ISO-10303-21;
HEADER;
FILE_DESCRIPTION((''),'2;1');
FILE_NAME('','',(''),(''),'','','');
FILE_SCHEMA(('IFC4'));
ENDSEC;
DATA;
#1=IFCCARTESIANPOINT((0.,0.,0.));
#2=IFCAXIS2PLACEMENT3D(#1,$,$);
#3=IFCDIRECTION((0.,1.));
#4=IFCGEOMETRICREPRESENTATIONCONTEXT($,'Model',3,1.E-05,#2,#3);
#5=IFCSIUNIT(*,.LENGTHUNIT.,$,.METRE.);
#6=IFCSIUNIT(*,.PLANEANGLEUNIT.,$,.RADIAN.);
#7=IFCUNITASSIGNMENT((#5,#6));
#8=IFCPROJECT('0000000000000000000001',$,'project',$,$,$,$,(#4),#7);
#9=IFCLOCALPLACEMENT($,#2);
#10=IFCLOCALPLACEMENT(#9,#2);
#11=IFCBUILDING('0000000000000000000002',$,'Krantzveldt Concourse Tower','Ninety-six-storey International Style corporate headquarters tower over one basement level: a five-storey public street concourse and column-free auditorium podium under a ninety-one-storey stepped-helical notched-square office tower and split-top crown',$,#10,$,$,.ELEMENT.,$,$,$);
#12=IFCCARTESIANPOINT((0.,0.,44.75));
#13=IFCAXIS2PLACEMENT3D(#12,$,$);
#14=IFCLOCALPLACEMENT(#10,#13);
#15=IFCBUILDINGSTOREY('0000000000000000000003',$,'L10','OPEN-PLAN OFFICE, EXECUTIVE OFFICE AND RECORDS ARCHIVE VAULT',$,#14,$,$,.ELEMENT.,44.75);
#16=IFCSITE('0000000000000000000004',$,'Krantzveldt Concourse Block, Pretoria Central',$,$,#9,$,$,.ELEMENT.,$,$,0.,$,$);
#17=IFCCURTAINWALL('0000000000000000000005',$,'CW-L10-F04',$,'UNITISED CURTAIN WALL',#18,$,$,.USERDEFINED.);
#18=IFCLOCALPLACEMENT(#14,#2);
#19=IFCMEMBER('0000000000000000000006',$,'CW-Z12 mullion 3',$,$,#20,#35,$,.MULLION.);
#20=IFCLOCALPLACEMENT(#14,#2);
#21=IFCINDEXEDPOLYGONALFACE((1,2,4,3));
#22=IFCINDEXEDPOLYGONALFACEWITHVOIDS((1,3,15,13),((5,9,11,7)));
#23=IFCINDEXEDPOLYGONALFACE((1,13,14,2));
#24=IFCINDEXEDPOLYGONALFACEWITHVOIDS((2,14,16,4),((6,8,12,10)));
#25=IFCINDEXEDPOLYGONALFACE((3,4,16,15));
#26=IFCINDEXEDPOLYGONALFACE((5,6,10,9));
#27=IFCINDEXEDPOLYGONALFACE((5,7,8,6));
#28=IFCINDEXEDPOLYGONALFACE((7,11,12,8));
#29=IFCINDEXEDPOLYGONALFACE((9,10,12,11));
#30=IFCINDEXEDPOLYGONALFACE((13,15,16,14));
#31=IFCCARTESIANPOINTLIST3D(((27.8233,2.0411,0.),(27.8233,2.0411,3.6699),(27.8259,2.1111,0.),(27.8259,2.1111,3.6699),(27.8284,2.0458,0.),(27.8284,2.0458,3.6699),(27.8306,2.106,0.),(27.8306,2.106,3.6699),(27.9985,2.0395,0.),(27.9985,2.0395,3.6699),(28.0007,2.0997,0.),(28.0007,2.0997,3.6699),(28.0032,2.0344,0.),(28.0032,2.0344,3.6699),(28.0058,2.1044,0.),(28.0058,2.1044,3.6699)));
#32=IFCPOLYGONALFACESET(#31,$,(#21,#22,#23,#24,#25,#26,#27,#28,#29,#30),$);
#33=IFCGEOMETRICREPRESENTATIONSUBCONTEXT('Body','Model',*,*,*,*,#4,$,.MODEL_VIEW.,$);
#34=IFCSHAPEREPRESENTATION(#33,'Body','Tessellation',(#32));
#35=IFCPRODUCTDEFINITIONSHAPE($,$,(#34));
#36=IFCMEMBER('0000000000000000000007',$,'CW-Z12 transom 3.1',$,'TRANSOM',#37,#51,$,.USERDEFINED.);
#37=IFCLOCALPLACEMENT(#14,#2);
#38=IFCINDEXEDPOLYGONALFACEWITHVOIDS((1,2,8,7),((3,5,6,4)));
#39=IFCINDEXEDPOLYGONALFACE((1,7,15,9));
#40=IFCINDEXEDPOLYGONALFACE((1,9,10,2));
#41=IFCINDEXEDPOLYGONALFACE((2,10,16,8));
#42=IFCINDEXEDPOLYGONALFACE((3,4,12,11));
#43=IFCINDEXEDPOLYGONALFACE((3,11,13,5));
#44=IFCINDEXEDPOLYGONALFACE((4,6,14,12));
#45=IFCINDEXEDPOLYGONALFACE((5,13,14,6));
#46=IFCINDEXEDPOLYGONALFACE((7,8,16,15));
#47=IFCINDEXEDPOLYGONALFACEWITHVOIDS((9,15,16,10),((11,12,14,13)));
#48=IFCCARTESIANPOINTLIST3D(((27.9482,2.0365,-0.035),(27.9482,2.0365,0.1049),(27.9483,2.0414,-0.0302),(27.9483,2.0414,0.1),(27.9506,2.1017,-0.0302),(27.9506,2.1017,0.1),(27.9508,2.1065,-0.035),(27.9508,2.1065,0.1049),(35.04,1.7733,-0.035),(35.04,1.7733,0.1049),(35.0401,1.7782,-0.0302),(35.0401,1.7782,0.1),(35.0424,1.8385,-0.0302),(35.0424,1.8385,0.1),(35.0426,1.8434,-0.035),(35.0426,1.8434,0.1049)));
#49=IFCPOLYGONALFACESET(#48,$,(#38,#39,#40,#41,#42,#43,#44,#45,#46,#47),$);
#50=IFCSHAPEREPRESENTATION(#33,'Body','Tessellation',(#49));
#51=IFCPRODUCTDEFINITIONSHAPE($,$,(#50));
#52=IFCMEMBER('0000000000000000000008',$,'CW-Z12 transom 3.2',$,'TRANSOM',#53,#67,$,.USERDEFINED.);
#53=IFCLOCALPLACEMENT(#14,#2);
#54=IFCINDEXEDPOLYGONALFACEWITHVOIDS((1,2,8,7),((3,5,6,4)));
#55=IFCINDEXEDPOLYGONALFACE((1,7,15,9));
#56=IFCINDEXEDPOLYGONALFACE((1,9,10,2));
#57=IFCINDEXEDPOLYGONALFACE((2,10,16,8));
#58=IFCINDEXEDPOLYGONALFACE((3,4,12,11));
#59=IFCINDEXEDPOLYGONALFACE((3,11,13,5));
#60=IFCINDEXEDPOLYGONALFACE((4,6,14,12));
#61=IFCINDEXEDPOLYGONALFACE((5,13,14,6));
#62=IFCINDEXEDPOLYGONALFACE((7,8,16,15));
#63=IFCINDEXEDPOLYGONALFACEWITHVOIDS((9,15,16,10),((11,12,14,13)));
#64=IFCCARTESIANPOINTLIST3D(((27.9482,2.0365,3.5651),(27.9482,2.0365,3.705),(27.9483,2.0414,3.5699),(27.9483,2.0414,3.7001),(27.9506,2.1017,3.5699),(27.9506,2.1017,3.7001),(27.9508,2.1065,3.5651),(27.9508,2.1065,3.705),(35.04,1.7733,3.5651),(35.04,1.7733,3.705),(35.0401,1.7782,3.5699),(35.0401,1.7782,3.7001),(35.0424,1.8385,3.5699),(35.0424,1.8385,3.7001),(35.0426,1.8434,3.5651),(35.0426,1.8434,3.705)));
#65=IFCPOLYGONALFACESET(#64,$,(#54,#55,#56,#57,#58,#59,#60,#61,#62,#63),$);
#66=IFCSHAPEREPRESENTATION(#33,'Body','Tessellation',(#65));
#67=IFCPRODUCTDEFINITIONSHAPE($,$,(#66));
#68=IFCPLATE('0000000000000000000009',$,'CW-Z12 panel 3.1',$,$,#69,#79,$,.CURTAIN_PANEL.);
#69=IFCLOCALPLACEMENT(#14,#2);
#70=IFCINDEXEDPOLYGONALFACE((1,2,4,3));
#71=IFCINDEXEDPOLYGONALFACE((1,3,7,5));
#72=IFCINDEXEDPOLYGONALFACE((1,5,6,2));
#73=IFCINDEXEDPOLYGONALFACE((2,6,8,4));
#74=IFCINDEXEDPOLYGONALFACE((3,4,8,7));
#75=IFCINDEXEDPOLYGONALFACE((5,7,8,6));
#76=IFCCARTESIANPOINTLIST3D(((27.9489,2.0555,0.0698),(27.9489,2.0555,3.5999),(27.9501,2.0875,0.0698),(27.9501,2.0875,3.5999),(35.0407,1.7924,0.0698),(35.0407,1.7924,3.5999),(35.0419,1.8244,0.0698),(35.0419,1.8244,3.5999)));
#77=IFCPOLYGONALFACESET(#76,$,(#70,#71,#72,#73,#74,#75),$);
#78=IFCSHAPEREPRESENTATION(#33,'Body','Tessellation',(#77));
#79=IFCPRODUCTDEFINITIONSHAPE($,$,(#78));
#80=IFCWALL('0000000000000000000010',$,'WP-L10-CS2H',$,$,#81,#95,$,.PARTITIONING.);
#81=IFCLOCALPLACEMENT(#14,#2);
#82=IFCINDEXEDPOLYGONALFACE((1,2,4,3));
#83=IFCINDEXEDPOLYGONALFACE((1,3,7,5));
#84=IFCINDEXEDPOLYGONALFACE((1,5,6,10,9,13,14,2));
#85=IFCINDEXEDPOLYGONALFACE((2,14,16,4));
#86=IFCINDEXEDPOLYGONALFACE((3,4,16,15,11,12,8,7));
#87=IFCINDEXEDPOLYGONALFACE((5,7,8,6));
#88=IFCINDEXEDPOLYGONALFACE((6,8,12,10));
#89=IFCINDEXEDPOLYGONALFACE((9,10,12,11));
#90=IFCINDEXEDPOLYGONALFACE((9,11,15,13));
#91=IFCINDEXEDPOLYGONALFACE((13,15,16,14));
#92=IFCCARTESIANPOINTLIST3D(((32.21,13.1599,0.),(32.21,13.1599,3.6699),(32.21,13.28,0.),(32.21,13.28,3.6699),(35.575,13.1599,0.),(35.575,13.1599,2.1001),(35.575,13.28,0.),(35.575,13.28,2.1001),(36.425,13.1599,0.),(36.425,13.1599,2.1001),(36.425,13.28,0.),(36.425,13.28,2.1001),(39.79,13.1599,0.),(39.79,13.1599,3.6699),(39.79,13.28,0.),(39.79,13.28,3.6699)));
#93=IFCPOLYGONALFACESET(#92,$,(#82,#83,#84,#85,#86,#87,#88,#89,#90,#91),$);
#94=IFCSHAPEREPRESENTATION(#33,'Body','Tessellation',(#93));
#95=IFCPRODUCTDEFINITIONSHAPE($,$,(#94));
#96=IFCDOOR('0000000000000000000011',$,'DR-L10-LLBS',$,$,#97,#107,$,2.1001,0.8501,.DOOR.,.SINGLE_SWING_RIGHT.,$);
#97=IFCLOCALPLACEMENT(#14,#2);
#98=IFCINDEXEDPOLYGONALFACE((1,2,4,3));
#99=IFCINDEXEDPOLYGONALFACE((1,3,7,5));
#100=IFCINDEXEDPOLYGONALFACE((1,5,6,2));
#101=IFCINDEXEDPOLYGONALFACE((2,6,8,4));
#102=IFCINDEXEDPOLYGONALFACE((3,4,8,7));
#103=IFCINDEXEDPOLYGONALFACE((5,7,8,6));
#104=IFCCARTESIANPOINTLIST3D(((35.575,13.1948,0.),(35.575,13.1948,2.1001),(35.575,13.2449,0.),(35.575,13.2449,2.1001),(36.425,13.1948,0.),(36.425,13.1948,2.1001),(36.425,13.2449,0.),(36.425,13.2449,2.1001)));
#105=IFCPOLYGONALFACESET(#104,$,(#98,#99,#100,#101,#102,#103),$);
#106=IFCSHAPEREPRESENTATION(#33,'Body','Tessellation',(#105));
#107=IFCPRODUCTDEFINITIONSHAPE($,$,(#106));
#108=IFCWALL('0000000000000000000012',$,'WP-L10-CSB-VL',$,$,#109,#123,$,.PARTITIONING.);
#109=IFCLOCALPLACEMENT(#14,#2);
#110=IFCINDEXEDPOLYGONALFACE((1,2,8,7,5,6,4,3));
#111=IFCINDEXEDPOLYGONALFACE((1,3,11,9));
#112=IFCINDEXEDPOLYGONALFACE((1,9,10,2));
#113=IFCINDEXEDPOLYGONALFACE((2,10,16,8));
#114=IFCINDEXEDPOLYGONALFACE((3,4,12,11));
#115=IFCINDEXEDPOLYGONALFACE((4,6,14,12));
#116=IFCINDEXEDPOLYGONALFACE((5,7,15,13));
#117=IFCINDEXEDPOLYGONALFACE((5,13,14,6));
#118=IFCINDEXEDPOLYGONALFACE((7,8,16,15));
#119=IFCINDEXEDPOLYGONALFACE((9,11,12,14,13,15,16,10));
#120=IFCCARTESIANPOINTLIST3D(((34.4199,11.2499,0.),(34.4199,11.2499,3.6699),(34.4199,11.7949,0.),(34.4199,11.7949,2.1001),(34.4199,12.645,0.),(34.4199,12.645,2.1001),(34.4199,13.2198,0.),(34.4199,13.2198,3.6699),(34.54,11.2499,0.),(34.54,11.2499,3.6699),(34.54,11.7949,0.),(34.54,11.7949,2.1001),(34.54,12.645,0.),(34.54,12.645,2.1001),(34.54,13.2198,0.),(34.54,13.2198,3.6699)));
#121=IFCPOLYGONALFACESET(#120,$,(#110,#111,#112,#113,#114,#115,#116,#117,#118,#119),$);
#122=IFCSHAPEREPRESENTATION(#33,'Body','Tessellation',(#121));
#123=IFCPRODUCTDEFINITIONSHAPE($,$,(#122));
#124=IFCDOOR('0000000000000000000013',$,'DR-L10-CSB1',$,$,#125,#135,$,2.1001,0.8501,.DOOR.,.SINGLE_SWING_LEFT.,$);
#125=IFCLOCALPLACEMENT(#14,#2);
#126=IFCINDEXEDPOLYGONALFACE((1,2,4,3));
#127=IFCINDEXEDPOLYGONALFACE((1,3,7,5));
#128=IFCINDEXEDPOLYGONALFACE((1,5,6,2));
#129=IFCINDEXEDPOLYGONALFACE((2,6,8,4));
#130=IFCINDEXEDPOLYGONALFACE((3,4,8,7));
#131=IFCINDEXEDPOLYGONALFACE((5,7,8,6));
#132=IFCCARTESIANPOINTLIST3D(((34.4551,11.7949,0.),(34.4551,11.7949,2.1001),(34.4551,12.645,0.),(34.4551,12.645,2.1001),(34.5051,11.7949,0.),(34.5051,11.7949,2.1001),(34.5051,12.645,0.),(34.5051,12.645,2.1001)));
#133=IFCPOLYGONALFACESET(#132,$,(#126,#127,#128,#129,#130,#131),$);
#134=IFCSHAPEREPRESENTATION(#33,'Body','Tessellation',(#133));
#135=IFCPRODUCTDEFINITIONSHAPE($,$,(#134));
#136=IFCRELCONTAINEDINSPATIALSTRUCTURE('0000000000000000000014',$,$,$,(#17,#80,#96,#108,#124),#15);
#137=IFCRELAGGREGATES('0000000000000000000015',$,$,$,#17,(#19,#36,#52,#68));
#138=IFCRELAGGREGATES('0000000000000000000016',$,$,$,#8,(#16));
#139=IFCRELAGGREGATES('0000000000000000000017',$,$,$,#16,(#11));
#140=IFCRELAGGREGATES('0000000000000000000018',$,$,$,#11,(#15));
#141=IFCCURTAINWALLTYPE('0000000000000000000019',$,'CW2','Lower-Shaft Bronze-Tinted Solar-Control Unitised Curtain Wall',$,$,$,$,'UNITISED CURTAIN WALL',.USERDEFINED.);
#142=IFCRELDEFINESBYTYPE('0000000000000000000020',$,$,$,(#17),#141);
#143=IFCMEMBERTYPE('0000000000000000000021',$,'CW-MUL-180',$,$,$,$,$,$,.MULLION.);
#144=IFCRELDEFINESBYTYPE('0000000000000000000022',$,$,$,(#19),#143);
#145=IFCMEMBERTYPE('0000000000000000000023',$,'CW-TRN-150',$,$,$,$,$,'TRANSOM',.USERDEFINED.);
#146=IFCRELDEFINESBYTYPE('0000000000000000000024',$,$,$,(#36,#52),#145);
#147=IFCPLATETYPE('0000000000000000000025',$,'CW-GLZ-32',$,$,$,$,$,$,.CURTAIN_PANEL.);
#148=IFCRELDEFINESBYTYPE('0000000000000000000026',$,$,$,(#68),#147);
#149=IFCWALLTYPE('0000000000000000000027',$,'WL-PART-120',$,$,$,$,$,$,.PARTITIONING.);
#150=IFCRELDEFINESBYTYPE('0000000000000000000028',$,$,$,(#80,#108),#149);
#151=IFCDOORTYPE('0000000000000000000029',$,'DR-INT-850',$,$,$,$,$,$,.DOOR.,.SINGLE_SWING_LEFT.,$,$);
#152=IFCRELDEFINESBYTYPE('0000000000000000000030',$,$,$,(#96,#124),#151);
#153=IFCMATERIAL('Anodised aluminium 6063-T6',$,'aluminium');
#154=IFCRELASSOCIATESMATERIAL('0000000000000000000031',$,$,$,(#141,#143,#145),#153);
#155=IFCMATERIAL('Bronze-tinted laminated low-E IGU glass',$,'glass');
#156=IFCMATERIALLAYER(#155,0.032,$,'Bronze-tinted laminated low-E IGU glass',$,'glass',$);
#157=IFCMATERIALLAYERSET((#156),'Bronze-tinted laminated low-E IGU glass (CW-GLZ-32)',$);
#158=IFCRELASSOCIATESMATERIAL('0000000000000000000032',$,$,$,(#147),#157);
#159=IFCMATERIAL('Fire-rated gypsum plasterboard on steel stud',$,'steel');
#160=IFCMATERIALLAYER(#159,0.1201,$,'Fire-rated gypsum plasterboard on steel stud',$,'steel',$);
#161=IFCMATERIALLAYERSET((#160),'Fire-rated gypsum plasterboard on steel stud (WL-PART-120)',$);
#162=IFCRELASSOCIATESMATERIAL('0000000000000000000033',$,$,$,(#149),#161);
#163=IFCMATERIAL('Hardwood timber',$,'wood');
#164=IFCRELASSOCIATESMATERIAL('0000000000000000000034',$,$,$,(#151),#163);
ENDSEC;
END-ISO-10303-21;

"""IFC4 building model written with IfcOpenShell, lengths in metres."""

from ifc_helpers import new_model, si_unit, direction, frame, frame_2d, origin, origin_2d, place, context, subcontext, project, spatial, rectangle, hollow_rectangle, extrude, source, transform, mapped, material, layer, layer_set, material_profile, profile_set, type_object, type_shapes, element, fill, aggregate, save


model = new_model("IFC4")

# Units and contexts
model_context = context("Model", 3, precision=1e-05, world=origin(), true_north=direction((0.0, 1.0)))
body_context = subcontext(model_context, "Body", "Model", "MODEL_VIEW")
ifc_project = project(units=[si_unit("LENGTHUNIT", "METRE"), si_unit("PLANEANGLEUNIT", "RADIAN")], contexts=[model_context])

# Site, building, storey
site_placement = place(None, origin())
site = spatial("IfcSite", under=ifc_project, at=site_placement, Name="Krantzveldt Concourse Block, Pretoria Central", CompositionType="ELEMENT", RefElevation=0.0)
building_placement = place(site_placement, origin())
building = spatial("IfcBuilding", under=site, at=building_placement, Name="Krantzveldt Concourse Tower", Description="Ninety-six-storey International Style corporate headquarters tower over one basement level: a five-storey public street concourse and column-free auditorium podium under a ninety-one-storey stepped-helical notched-square office tower and split-top crown", CompositionType="ELEMENT")
storey_placement = place(building_placement, frame((0.0, 0.0, 44.75)))
storey = spatial("IfcBuildingStorey", under=building, at=storey_placement, Name="L10", Description="OPEN-PLAN OFFICE, EXECUTIVE OFFICE AND RECORDS ARCHIVE VAULT", CompositionType="ELEMENT", Elevation=44.75)

# Curtain wall, members, plate
ifc_material_1 = material(Name="Anodised aluminium 6063-T6", Category="aluminium")
curtain_wall_type = type_object("IfcCurtainWallType", Name="CW2", Description="Lower-Shaft Bronze-Tinted Solar-Control Unitised Curtain Wall", ElementType="UNITISED CURTAIN WALL", PredefinedType="USERDEFINED", material=ifc_material_1)
curtain_wall_placement = place(storey_placement, origin())
curtain_wall = element("IfcCurtainWall", 1, at=curtain_wall_placement, inside=storey, type_object=curtain_wall_type, Name="CW-L10-F04", ObjectType="UNITISED CURTAIN WALL", PredefinedType="USERDEFINED")
ifc_material_profile_1 = material_profile(ifc_material_1, hollow_rectangle(XDim=0.0701, YDim=0.1799, WallThickness=0.0049, at=origin_2d()), Name="Anodised aluminium 6063-T6", Category="aluminium")
ifc_profile_set_1 = profile_set([ifc_material_profile_1], Name="Anodised aluminium 6063-T6 - ALU-MULL 180x70x5")
member_type_1 = type_object("IfcMemberType", Name="CW-MUL-180", PredefinedType="MULLION", material=ifc_profile_set_1)
shared_shape_1 = source(origin(), body_context, "Body", "SweptSolid", [
    extrude(hollow_rectangle(XDim=0.0701, YDim=0.1799, WallThickness=0.0049, at=origin_2d()), origin(), (0.0, 0.0, 1.0), 3.6699),
])
type_shapes(member_type_1, [shared_shape_1])
member_1_placement = place(storey_placement, frame((27.9146, 2.0728, 0.0), z_axis=(0.0, 0.0, 1.0), x_axis=(0.03708, 0.999312, 0.0)))
member_1 = element("IfcMember", 2, at=member_1_placement, type_object=member_type_1, Name="CW-Z12 mullion 3", PredefinedType="MULLION", context=body_context, shape_type="MappedRepresentation", body=[
    mapped(shared_shape_1, transform((0.0, 0.0, 0.0), x_axis=(1.0, 0.0, 0.0), y_axis=(0.0, 1.0, 0.0), z_axis=(0.0, 0.0, 1.0), scale=1.0)),
])
ifc_material_profile_2 = material_profile(ifc_material_1, hollow_rectangle(XDim=0.0701, YDim=0.1399, WallThickness=0.0049, at=origin_2d()), Name="Anodised aluminium 6063-T6", Category="aluminium")
ifc_profile_set_2 = profile_set([ifc_material_profile_2], Name="Anodised aluminium 6063-T6 - ALU-TRAN 140x70x5")
member_type_2 = type_object("IfcMemberType", Name="CW-TRN-150", ElementType="TRANSOM", PredefinedType="USERDEFINED", material=ifc_profile_set_2)
shared_shape_2 = source(origin(), body_context, "Body", "SweptSolid", [
    extrude(hollow_rectangle(XDim=0.0701, YDim=0.1399, WallThickness=0.0049, at=origin_2d()), origin(), (0.0, 0.0, 1.0), 7.0967),
])
type_shapes(member_type_2, [shared_shape_2])
member_2_placement = place(storey_placement, frame((27.9495, 2.0715, 0.0349), z_axis=(0.999312, -0.037085, 0.0), x_axis=(0.037085, 0.999312, 0.0)))
member_2 = element("IfcMember", 3, at=member_2_placement, type_object=member_type_2, Name="CW-Z12 transom 3.1", ObjectType="TRANSOM", PredefinedType="USERDEFINED", context=body_context, shape_type="MappedRepresentation", body=[
    mapped(shared_shape_2, transform((0.0, 0.0, 0.0), x_axis=(1.0, 0.0, 0.0), y_axis=(0.0, 1.0, 0.0), z_axis=(0.0, 0.0, 1.0), scale=1.0)),
])
member_3_placement = place(storey_placement, frame((27.9495, 2.0715, 3.635), z_axis=(0.999312, -0.037085, 0.0), x_axis=(0.037085, 0.999312, 0.0)))
member_3 = element("IfcMember", 4, at=member_3_placement, type_object=member_type_2, Name="CW-Z12 transom 3.2", ObjectType="TRANSOM", PredefinedType="USERDEFINED", context=body_context, shape_type="MappedRepresentation", body=[
    mapped(shared_shape_2, transform((0.0, 0.0, 0.0), x_axis=(1.0, 0.0, 0.0), y_axis=(0.0, 1.0, 0.0), z_axis=(0.0, 0.0, 1.0), scale=1.0)),
])
ifc_material_2 = material(Name="Bronze-tinted laminated low-E IGU glass", Category="glass")
ifc_layer_1 = layer(ifc_material_2, 0.032, Name="Bronze-tinted laminated low-E IGU glass", Category="glass")
ifc_layer_set_1 = layer_set([ifc_layer_1], Name="Bronze-tinted laminated low-E IGU glass (CW-GLZ-32)")
plate_type = type_object("IfcPlateType", Name="CW-GLZ-32", PredefinedType="CURTAIN_PANEL", material=ifc_layer_set_1)
shared_shape_3 = source(origin(), body_context, "Body", "SweptSolid", [
    extrude(rectangle(XDim=7.0967, YDim=0.032, at=origin_2d()), origin(), (0.0, 0.0, 1.0), 3.53),
])
type_shapes(plate_type, [shared_shape_3])
plate_placement = place(storey_placement, frame((31.4954, 1.9399, 0.0698), z_axis=(0.0, 0.0, 1.0), x_axis=(0.999312, -0.03708, 0.0)))
plate = element("IfcPlate", 5, at=plate_placement, type_object=plate_type, Name="CW-Z12 panel 3.1", PredefinedType="CURTAIN_PANEL", context=body_context, shape_type="MappedRepresentation", body=[
    mapped(shared_shape_3, transform((0.0, 0.0, 0.0), x_axis=(1.0, 0.0, 0.0), y_axis=(0.0, 1.0, 0.0), z_axis=(0.0, 0.0, 1.0), scale=1.0)),
])
aggregate(curtain_wall, [member_1, member_2, member_3, plate])

# Walls, openings, doors
ifc_material_3 = material(Name="Fire-rated gypsum plasterboard on steel stud", Category="steel")
ifc_layer_2 = layer(ifc_material_3, 0.1201, Name="Fire-rated gypsum plasterboard on steel stud", Category="steel")
ifc_layer_set_2 = layer_set([ifc_layer_2], Name="Fire-rated gypsum plasterboard on steel stud (WL-PART-120)")
wall_type_1 = type_object("IfcWallType", Name="WL-PART-120", PredefinedType="PARTITIONING", material=ifc_layer_set_2)
wall_1_placement = place(storey_placement, frame((32.21, 13.22, 0.0), z_axis=(0.0, 0.0, 1.0), x_axis=(1.0, 0.0, 0.0)))
wall_1 = element("IfcWall", 6, at=wall_1_placement, inside=storey, type_object=wall_type_1, Name="WP-L10-CS2H", PredefinedType="PARTITIONING", context=body_context, shape_type="SweptSolid", body=[
    extrude(rectangle(XDim=7.5801, YDim=0.1201, at=frame_2d((3.79, 0.0))), origin(), (0.0, 0.0, 1.0), 3.6699),
])
opening_1_placement = place(wall_1_placement, frame((3.365, 0.0, 0.0)))
opening_1 = element("IfcOpeningElement", 7, at=opening_1_placement, cuts=wall_1, PredefinedType="OPENING", context=body_context, shape_type="SweptSolid", body=[
    extrude(rectangle(XDim=0.8501, YDim=2.1001, at=frame_2d((0.425, 1.05))), frame((0.0, 0.0701, 0.0), z_axis=(0.0, -1.0, 0.0), x_axis=(1.0, 0.0, 0.0)), (0.0, 0.0, 1.0), 0.1401),
])
ifc_material_4 = material(Name="Hardwood timber", Category="wood")
door_type_1 = type_object("IfcDoorType", Name="DR-INT-850", OperationType="SINGLE_SWING_LEFT", PredefinedType="DOOR", material=ifc_material_4)
door_1_placement = place(opening_1_placement, origin())
door_1 = element("IfcDoor", 8, at=door_1_placement, inside=storey, type_object=door_type_1, Name="DR-L10-LLBS", OperationType="SINGLE_SWING_RIGHT", OverallHeight=2.1001, OverallWidth=0.8501, PredefinedType="DOOR", context=body_context, shape_type="SweptSolid", body=[
    extrude(rectangle(XDim=0.8501, YDim=2.1001, at=frame_2d((0.425, 1.05))), frame((0.0, 0.0249, 0.0), z_axis=(0.0, -1.0, 0.0), x_axis=(1.0, 0.0, 0.0)), (0.0, 0.0, 1.0), 0.05),
])
fill(opening_1, door_1)
wall_2_placement = place(storey_placement, frame((34.48, 11.25, 0.0), z_axis=(0.0, 0.0, 1.0), x_axis=(0.0, 1.0, 0.0)))
wall_2 = element("IfcWall", 9, at=wall_2_placement, inside=storey, type_object=wall_type_1, Name="WP-L10-CSB-VL", PredefinedType="PARTITIONING", context=body_context, shape_type="SweptSolid", body=[
    extrude(rectangle(XDim=1.97, YDim=0.1201, at=frame_2d((0.9849, 0.0))), origin(), (0.0, 0.0, 1.0), 3.6699),
])
opening_2_placement = place(wall_2_placement, frame((0.5449, 0.0, 0.0)))
opening_2 = element("IfcOpeningElement", 10, at=opening_2_placement, cuts=wall_2, PredefinedType="OPENING", context=body_context, shape_type="SweptSolid", body=[
    extrude(rectangle(XDim=0.8501, YDim=2.1001, at=frame_2d((0.425, 1.05))), frame((0.0, 0.0701, 0.0), z_axis=(0.0, -1.0, 0.0), x_axis=(1.0, 0.0, 0.0)), (0.0, 0.0, 1.0), 0.1401),
])
door_2_placement = place(opening_2_placement, origin())
door_2 = element("IfcDoor", 11, at=door_2_placement, inside=storey, type_object=door_type_1, Name="DR-L10-CSB1", OperationType="SINGLE_SWING_LEFT", OverallHeight=2.1001, OverallWidth=0.8501, PredefinedType="DOOR", context=body_context, shape_type="SweptSolid", body=[
    extrude(rectangle(XDim=0.8501, YDim=2.1001, at=frame_2d((0.425, 1.05))), frame((0.0, 0.0249, 0.0), z_axis=(0.0, -1.0, 0.0), x_axis=(1.0, 0.0, 0.0)), (0.0, 0.0, 1.0), 0.05),
])
fill(opening_2, door_2)

save(model, "model.ifc")
